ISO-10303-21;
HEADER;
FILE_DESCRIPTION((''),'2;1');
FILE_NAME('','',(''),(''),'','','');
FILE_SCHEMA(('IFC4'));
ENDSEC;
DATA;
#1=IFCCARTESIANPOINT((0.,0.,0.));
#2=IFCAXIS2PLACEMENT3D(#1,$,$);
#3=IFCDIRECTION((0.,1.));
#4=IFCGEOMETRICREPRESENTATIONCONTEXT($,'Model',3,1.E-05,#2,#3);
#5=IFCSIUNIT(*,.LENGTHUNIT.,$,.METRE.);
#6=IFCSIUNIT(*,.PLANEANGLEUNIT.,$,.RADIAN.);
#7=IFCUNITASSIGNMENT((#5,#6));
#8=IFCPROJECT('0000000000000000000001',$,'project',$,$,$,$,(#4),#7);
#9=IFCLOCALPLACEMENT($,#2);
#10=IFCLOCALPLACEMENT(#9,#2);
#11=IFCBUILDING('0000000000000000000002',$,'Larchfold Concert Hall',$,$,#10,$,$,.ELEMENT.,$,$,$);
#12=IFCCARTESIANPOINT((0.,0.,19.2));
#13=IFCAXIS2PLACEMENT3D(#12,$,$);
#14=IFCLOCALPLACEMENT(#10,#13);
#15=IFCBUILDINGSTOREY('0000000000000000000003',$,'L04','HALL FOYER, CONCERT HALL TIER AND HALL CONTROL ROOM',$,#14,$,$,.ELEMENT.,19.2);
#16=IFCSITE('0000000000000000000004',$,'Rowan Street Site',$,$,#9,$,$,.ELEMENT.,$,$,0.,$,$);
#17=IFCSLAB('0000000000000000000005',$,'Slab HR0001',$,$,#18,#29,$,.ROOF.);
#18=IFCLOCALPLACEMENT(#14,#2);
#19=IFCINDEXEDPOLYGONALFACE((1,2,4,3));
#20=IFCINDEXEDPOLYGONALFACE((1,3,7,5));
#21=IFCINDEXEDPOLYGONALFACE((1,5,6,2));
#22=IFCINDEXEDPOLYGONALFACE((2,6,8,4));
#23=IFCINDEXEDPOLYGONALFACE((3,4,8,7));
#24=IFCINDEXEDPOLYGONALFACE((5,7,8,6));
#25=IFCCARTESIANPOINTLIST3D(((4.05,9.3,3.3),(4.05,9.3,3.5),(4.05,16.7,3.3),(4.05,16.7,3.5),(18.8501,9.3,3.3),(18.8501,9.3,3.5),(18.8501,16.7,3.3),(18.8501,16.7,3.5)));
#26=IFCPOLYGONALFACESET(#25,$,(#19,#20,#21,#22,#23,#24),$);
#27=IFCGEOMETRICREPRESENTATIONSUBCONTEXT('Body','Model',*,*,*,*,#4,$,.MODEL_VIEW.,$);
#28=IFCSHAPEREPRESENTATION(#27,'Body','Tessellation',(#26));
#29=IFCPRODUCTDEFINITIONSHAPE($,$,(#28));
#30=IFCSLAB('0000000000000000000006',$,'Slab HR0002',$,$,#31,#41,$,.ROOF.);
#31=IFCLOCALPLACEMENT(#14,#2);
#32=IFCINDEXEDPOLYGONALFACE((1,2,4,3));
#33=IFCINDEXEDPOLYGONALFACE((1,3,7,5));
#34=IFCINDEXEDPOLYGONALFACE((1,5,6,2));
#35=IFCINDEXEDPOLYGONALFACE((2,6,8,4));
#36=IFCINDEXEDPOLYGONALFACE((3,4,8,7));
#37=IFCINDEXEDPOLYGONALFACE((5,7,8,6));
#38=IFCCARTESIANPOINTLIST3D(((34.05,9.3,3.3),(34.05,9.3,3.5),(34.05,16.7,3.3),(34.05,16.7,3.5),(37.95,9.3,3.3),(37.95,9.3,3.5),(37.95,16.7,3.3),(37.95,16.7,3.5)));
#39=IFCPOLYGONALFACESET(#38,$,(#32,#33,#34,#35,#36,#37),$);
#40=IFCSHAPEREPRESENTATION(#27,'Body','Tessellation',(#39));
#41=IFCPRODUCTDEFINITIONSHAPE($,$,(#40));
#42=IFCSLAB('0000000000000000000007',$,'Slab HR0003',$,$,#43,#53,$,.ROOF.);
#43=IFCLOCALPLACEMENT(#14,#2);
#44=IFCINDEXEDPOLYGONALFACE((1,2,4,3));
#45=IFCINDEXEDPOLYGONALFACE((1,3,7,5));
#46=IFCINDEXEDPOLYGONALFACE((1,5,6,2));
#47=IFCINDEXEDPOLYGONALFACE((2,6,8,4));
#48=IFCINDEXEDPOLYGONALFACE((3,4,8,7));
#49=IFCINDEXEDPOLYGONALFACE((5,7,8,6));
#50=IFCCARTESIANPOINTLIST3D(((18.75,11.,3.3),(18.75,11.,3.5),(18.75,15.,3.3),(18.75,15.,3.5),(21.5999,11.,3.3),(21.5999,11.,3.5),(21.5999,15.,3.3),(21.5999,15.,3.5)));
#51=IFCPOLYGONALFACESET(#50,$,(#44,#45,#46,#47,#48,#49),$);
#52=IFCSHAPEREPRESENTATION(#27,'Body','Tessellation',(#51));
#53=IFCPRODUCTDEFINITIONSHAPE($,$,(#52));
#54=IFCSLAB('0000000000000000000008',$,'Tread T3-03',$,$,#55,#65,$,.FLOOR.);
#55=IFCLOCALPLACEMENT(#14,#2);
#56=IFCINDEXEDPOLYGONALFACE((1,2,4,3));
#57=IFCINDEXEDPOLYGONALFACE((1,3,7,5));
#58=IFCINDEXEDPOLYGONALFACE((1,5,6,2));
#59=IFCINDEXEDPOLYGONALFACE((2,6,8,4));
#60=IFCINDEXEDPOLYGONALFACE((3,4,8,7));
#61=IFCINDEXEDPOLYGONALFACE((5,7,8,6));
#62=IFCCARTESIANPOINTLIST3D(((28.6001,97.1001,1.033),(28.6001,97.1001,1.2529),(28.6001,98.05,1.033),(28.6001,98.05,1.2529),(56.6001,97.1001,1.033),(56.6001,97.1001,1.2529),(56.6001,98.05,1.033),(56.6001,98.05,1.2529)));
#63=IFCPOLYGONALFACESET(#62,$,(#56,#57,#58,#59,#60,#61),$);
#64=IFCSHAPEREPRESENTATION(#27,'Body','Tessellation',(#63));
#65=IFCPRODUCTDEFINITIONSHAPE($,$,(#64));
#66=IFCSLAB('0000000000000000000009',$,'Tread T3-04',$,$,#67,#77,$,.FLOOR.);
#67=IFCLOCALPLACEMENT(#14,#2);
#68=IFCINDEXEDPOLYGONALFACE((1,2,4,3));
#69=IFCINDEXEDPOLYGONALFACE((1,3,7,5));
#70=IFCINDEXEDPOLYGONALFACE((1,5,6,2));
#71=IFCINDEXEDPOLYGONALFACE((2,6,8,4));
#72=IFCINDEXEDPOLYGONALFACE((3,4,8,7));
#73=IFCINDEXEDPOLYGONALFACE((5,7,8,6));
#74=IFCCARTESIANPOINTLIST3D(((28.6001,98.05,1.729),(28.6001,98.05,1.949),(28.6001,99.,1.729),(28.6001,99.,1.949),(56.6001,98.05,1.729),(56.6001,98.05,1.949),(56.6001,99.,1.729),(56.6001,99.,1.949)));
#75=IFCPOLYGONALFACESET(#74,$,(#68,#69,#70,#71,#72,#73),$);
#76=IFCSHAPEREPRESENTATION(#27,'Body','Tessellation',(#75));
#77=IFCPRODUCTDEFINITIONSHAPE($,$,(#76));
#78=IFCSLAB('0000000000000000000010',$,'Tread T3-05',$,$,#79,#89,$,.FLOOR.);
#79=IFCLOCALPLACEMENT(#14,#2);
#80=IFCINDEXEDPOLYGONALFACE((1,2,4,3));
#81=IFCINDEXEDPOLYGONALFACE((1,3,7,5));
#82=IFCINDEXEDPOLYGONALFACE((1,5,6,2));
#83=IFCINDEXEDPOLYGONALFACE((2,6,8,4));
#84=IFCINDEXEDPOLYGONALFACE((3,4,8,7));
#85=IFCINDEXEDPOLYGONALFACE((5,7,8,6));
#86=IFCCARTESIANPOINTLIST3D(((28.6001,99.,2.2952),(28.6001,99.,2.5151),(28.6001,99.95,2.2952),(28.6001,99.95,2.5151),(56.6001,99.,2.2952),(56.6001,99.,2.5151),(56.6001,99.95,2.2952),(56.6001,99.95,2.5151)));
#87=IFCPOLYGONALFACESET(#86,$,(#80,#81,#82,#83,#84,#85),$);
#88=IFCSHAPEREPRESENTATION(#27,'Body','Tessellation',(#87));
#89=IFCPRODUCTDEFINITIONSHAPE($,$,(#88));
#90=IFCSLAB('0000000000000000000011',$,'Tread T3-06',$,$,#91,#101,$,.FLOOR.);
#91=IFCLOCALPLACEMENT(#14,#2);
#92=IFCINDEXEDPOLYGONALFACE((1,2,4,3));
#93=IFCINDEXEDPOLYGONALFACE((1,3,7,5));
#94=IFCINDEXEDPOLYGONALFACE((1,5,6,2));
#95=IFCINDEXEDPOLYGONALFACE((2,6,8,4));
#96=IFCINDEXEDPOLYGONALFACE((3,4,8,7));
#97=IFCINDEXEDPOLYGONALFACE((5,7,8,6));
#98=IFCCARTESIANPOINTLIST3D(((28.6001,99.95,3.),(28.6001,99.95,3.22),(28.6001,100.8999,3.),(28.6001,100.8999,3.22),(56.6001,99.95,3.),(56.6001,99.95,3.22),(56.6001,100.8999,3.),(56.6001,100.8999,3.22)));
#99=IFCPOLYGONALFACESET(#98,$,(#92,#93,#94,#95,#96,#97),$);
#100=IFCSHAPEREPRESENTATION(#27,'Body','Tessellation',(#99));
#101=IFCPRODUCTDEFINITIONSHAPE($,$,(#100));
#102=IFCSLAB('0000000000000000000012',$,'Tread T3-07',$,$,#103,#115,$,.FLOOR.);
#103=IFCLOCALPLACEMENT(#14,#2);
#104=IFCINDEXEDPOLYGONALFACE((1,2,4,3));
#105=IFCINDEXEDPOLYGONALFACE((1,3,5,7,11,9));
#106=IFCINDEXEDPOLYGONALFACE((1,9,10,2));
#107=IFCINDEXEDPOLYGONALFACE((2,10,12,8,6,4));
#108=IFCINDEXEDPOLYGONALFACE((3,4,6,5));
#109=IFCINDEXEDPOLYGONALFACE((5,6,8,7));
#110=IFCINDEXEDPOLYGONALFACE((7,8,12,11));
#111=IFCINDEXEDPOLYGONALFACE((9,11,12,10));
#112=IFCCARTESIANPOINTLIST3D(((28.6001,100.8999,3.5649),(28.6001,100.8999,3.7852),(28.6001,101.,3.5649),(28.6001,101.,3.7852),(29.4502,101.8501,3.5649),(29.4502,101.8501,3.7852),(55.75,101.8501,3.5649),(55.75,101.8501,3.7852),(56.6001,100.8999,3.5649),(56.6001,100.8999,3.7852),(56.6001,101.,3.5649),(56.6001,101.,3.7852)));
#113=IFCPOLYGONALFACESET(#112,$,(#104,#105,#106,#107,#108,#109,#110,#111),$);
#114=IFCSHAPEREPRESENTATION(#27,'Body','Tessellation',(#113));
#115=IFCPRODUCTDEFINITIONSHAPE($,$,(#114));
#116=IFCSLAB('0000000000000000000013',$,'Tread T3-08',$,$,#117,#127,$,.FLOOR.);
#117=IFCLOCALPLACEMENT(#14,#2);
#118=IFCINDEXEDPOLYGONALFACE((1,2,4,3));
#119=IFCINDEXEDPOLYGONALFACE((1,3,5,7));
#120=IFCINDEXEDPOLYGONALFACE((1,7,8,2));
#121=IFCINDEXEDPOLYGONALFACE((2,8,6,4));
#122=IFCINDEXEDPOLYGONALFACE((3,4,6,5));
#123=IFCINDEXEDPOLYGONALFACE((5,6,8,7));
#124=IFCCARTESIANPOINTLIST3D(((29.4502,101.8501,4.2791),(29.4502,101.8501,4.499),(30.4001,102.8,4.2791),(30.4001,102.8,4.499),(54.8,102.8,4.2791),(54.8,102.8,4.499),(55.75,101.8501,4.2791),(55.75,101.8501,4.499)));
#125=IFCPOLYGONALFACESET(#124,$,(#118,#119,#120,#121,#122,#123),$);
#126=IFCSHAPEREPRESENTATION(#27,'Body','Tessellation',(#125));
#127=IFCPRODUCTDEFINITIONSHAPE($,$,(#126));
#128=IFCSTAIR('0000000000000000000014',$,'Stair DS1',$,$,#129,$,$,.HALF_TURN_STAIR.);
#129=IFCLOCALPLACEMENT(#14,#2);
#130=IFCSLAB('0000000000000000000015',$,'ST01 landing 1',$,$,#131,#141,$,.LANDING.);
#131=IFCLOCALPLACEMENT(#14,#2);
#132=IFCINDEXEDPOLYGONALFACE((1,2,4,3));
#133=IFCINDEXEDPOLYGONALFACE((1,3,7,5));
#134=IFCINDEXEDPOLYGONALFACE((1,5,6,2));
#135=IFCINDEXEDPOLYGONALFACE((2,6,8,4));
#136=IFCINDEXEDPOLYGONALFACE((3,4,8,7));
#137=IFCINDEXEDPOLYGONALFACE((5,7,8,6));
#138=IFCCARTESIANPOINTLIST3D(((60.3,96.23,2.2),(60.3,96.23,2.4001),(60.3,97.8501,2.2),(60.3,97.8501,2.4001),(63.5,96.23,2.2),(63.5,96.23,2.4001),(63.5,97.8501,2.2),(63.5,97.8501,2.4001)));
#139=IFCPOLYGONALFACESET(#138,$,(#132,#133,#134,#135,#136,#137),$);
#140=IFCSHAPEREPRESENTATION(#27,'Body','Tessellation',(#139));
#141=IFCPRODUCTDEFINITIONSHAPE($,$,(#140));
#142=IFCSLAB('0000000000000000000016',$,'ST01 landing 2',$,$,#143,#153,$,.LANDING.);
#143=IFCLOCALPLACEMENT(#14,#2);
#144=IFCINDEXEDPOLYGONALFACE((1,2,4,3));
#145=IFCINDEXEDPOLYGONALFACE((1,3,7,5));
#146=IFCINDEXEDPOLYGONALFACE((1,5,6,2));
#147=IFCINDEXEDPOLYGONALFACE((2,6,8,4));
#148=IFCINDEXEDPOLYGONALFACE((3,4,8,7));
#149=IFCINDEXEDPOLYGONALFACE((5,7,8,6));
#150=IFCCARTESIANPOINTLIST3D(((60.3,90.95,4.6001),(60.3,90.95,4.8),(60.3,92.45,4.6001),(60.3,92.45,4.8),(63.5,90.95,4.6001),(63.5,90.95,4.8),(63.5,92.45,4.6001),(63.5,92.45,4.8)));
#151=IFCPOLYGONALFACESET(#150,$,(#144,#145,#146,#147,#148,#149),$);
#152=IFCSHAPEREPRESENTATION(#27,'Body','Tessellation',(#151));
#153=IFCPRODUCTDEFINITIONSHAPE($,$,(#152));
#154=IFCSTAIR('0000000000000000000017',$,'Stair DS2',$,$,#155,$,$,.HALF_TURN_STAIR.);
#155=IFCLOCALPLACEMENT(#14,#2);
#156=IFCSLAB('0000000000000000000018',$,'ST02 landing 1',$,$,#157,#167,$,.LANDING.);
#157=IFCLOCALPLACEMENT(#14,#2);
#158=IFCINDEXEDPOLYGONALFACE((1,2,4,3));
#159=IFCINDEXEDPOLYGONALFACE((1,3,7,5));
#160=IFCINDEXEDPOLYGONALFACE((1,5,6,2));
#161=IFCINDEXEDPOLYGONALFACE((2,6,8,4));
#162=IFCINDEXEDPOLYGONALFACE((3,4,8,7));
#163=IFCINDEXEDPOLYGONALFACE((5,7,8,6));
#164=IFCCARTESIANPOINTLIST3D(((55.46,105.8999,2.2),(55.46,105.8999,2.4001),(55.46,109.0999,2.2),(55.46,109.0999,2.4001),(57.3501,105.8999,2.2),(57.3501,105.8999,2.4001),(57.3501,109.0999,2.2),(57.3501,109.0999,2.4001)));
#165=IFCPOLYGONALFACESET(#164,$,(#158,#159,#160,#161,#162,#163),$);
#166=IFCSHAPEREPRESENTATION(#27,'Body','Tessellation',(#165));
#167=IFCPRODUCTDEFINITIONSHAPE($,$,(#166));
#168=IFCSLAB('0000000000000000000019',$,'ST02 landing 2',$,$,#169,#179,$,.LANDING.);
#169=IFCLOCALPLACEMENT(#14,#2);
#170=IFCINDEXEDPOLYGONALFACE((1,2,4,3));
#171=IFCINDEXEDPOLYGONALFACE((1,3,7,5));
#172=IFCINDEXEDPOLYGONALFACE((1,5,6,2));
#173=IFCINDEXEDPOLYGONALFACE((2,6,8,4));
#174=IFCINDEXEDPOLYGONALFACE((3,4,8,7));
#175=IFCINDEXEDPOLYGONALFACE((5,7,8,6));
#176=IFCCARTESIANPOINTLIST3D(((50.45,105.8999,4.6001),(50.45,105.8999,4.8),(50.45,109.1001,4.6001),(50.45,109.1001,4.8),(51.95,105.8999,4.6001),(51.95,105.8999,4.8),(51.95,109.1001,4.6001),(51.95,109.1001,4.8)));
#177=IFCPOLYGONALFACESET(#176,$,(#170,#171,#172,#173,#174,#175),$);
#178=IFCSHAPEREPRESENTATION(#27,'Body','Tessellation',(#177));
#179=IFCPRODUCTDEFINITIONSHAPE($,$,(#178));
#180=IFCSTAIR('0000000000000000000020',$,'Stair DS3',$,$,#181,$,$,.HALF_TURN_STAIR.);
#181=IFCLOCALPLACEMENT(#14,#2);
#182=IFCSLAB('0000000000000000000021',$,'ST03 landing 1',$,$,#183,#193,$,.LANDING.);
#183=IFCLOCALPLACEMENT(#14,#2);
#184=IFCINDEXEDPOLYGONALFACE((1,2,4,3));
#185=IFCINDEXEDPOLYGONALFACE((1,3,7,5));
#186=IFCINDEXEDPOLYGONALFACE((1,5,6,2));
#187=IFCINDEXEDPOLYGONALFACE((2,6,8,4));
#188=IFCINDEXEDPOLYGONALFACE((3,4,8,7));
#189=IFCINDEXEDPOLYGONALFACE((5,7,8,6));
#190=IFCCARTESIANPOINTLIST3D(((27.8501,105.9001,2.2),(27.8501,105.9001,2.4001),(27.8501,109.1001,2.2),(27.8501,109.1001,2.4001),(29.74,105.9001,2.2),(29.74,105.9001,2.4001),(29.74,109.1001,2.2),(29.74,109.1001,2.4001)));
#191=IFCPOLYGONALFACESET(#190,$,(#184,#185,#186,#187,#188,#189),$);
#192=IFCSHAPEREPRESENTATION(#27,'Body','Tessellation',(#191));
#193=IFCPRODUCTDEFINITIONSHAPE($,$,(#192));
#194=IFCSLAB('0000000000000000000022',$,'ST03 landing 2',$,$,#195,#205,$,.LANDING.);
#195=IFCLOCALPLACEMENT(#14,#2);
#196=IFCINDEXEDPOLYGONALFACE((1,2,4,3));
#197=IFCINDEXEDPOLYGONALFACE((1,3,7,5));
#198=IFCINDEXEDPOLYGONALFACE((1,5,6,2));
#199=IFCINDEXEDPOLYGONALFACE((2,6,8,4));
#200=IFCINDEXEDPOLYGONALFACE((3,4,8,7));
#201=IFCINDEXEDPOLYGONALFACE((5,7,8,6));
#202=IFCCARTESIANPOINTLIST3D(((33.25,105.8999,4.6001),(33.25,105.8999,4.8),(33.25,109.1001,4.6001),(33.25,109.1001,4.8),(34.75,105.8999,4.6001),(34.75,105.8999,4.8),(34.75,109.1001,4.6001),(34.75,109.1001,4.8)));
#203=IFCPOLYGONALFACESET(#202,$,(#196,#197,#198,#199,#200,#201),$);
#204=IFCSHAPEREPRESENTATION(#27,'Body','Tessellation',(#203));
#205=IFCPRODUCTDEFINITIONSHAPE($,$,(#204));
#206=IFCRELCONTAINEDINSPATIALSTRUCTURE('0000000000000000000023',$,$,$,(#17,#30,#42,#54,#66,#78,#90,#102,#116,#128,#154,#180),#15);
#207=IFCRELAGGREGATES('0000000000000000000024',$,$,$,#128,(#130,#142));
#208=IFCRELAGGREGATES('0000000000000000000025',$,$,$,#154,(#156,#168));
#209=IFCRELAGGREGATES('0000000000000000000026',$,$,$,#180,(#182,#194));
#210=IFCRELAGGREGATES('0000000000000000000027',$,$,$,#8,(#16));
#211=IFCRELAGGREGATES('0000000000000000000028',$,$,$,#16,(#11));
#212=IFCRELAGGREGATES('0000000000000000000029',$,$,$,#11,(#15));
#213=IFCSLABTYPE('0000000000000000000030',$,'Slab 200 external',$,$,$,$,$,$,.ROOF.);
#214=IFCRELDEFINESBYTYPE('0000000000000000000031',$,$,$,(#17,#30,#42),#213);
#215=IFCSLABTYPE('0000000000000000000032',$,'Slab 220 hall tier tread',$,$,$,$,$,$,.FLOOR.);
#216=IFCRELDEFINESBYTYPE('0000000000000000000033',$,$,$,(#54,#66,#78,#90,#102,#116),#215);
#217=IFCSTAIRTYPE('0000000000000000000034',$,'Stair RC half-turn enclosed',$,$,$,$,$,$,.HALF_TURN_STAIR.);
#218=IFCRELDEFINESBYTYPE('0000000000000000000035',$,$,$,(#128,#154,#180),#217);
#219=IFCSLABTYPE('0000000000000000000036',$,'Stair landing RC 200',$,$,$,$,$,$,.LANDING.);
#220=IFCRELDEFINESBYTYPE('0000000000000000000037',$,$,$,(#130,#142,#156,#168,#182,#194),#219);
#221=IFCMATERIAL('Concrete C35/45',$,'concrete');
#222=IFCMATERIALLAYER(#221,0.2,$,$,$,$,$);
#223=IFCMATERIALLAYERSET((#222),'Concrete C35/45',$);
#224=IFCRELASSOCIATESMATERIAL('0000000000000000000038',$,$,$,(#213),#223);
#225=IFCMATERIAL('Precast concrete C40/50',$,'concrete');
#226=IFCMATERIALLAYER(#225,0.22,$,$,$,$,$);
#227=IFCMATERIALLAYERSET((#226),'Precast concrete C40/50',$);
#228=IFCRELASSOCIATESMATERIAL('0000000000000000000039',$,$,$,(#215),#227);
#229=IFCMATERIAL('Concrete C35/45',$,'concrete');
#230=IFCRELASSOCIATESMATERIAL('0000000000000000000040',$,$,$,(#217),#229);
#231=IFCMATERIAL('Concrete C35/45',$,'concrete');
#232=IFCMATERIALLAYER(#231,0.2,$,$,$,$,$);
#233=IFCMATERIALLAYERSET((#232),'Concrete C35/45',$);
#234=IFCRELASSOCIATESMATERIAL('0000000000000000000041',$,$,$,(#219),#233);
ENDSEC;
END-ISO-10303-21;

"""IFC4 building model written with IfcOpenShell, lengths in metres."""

from ifc_helpers import new_model, si_unit, direction, frame, origin, place, context, subcontext, project, spatial, polyline, outline, extrude, material, layer, layer_set, type_object, element, aggregate, save


model = new_model("IFC4")

# Units and contexts
model_context = context("Model", 3, precision=1e-05, world=origin(), true_north=direction((0.0, 1.0)))
body_context = subcontext(model_context, "Body", "Model", "MODEL_VIEW")
ifc_project = project(units=[si_unit("LENGTHUNIT", "METRE"), si_unit("PLANEANGLEUNIT", "RADIAN")], contexts=[model_context])

# Site, building, storey
site_placement = place(None, origin())
site = spatial("IfcSite", under=ifc_project, at=site_placement, Name="Rowan Street Site", CompositionType="ELEMENT", RefElevation=0.0)
building_placement = place(site_placement, origin())
building = spatial("IfcBuilding", under=site, at=building_placement, Name="Larchfold Concert Hall", CompositionType="ELEMENT")
storey_placement = place(building_placement, frame((0.0, 0.0, 19.2)))
storey = spatial("IfcBuildingStorey", under=building, at=storey_placement, Name="L04", Description="HALL FOYER, CONCERT HALL TIER AND HALL CONTROL ROOM", CompositionType="ELEMENT", Elevation=19.2)

# Slabs
ifc_material_1 = material(Name="Concrete C35/45", Category="concrete")
ifc_layer_1 = layer(ifc_material_1, 0.2)
ifc_layer_set_1 = layer_set([ifc_layer_1], Name="Concrete C35/45")
slab_type_1 = type_object("IfcSlabType", Name="Slab 200 external", PredefinedType="ROOF", material=ifc_layer_set_1)
slab_1_placement = place(storey_placement, frame((0.0, 0.0, 3.3)))
element("IfcSlab", 1, at=slab_1_placement, inside=storey, type_object=slab_type_1, Name="Slab HR0001", PredefinedType="ROOF", context=body_context, shape_type="SweptSolid", body=[
    extrude(outline(polyline([(18.8501, 9.3), (18.8501, 16.7), (4.05, 16.7), (4.05, 9.3), (18.8501, 9.3)])), origin(), (0.0, 0.0, 1.0), 0.2),
])
slab_2_placement = place(storey_placement, frame((0.0, 0.0, 3.3)))
element("IfcSlab", 2, at=slab_2_placement, inside=storey, type_object=slab_type_1, Name="Slab HR0002", PredefinedType="ROOF", context=body_context, shape_type="SweptSolid", body=[
    extrude(outline(polyline([(37.95, 9.3), (37.95, 16.7), (34.05, 16.7), (34.05, 9.3), (37.95, 9.3)])), origin(), (0.0, 0.0, 1.0), 0.2),
])
slab_3_placement = place(storey_placement, frame((0.0, 0.0, 3.3)))
element("IfcSlab", 3, at=slab_3_placement, inside=storey, type_object=slab_type_1, Name="Slab HR0003", PredefinedType="ROOF", context=body_context, shape_type="SweptSolid", body=[
    extrude(outline(polyline([(21.5999, 11.0), (21.5999, 15.0), (18.75, 15.0), (18.75, 11.0), (21.5999, 11.0)])), origin(), (0.0, 0.0, 1.0), 0.2),
])
ifc_material_2 = material(Name="Precast concrete C40/50", Category="concrete")
ifc_layer_2 = layer(ifc_material_2, 0.22)
ifc_layer_set_2 = layer_set([ifc_layer_2], Name="Precast concrete C40/50")
slab_type_2 = type_object("IfcSlabType", Name="Slab 220 hall tier tread", PredefinedType="FLOOR", material=ifc_layer_set_2)
slab_4_placement = place(storey_placement, frame((0.0, 0.0, 1.033)))
element("IfcSlab", 4, at=slab_4_placement, inside=storey, type_object=slab_type_2, Name="Tread T3-03", PredefinedType="FLOOR", context=body_context, shape_type="SweptSolid", body=[
    extrude(outline(polyline([(56.6001, 98.05), (28.6001, 98.05), (28.6001, 97.1001), (56.6001, 97.1001), (56.6001, 98.05)])), origin(), (0.0, 0.0, 1.0), 0.22),
])
slab_5_placement = place(storey_placement, frame((0.0, 0.0, 1.729)))
element("IfcSlab", 5, at=slab_5_placement, inside=storey, type_object=slab_type_2, Name="Tread T3-04", PredefinedType="FLOOR", context=body_context, shape_type="SweptSolid", body=[
    extrude(outline(polyline([(56.6001, 99.0), (28.6001, 99.0), (28.6001, 98.05), (56.6001, 98.05), (56.6001, 99.0)])), origin(), (0.0, 0.0, 1.0), 0.22),
])
slab_6_placement = place(storey_placement, frame((0.0, 0.0, 2.2952)))
element("IfcSlab", 6, at=slab_6_placement, inside=storey, type_object=slab_type_2, Name="Tread T3-05", PredefinedType="FLOOR", context=body_context, shape_type="SweptSolid", body=[
    extrude(outline(polyline([(56.6001, 99.95), (28.6001, 99.95), (28.6001, 99.0), (56.6001, 99.0), (56.6001, 99.95)])), origin(), (0.0, 0.0, 1.0), 0.22),
])
slab_7_placement = place(storey_placement, frame((0.0, 0.0, 3.0)))
element("IfcSlab", 7, at=slab_7_placement, inside=storey, type_object=slab_type_2, Name="Tread T3-06", PredefinedType="FLOOR", context=body_context, shape_type="SweptSolid", body=[
    extrude(outline(polyline([(56.6001, 100.8999), (28.6001, 100.8999), (28.6001, 99.95), (56.6001, 99.95), (56.6001, 100.8999)])), origin(), (0.0, 0.0, 1.0), 0.22),
])
slab_8_placement = place(storey_placement, frame((0.0, 0.0, 3.5649)))
element("IfcSlab", 8, at=slab_8_placement, inside=storey, type_object=slab_type_2, Name="Tread T3-07", PredefinedType="FLOOR", context=body_context, shape_type="SweptSolid", body=[
    extrude(outline(polyline([(55.75, 101.8501), (29.4502, 101.8501), (28.6001, 101.0), (28.6001, 100.8999), (56.6001, 100.8999), (56.6001, 101.0), (55.75, 101.8501)])), origin(), (0.0, 0.0, 1.0), 0.2202),
])
slab_9_placement = place(storey_placement, frame((0.0, 0.0, 4.2791)))
element("IfcSlab", 9, at=slab_9_placement, inside=storey, type_object=slab_type_2, Name="Tread T3-08", PredefinedType="FLOOR", context=body_context, shape_type="SweptSolid", body=[
    extrude(outline(polyline([(54.8, 102.8), (30.4001, 102.8), (29.4502, 101.8501), (55.75, 101.8501), (54.8, 102.8)])), origin(), (0.0, 0.0, 1.0), 0.22),
])

# Stairs, slabs
ifc_material_3 = material(Name="Concrete C35/45", Category="concrete")
stair_type = type_object("IfcStairType", Name="Stair RC half-turn enclosed", PredefinedType="HALF_TURN_STAIR", material=ifc_material_3)
stair_1_placement = place(storey_placement, origin())
stair_1 = element("IfcStair", 10, at=stair_1_placement, inside=storey, type_object=stair_type, Name="Stair DS1", PredefinedType="HALF_TURN_STAIR")
ifc_material_4 = material(Name="Concrete C35/45", Category="concrete")
ifc_layer_3 = layer(ifc_material_4, 0.2)
ifc_layer_set_3 = layer_set([ifc_layer_3], Name="Concrete C35/45")
slab_type_3 = type_object("IfcSlabType", Name="Stair landing RC 200", PredefinedType="LANDING", material=ifc_layer_set_3)
slab_10_placement = place(storey_placement, frame((0.0, 0.0, 2.2)))
slab_10 = element("IfcSlab", 11, at=slab_10_placement, type_object=slab_type_3, Name="ST01 landing 1", PredefinedType="LANDING", context=body_context, shape_type="SweptSolid", body=[
    extrude(outline(polyline([(63.5, 96.23), (63.5, 97.8501), (60.3, 97.8501), (60.3, 96.23), (63.5, 96.23)])), origin(), (0.0, 0.0, 1.0), 0.2002),
])
slab_11_placement = place(storey_placement, frame((0.0, 0.0, 4.6001)))
slab_11 = element("IfcSlab", 12, at=slab_11_placement, type_object=slab_type_3, Name="ST01 landing 2", PredefinedType="LANDING", context=body_context, shape_type="SweptSolid", body=[
    extrude(outline(polyline([(63.5, 90.95), (63.5, 92.45), (60.3, 92.45), (60.3, 90.95), (63.5, 90.95)])), origin(), (0.0, 0.0, 1.0), 0.2),
])
aggregate(stair_1, [slab_10, slab_11])
stair_2_placement = place(storey_placement, origin())
stair_2 = element("IfcStair", 13, at=stair_2_placement, inside=storey, type_object=stair_type, Name="Stair DS2", PredefinedType="HALF_TURN_STAIR")
slab_12_placement = place(storey_placement, frame((0.0, 0.0, 2.2)))
slab_12 = element("IfcSlab", 14, at=slab_12_placement, type_object=slab_type_3, Name="ST02 landing 1", PredefinedType="LANDING", context=body_context, shape_type="SweptSolid", body=[
    extrude(outline(polyline([(55.46, 105.8999), (57.3501, 105.8999), (57.3501, 109.0999), (55.46, 109.0999), (55.46, 105.8999)])), origin(), (0.0, 0.0, 1.0), 0.2002),
])
slab_13_placement = place(storey_placement, frame((0.0, 0.0, 4.6001)))
slab_13 = element("IfcSlab", 15, at=slab_13_placement, type_object=slab_type_3, Name="ST02 landing 2", PredefinedType="LANDING", context=body_context, shape_type="SweptSolid", body=[
    extrude(outline(polyline([(50.45, 105.8999), (51.95, 105.8999), (51.95, 109.1001), (50.45, 109.1001), (50.45, 105.8999)])), origin(), (0.0, 0.0, 1.0), 0.2),
])
aggregate(stair_2, [slab_12, slab_13])
stair_3_placement = place(storey_placement, origin())
stair_3 = element("IfcStair", 16, at=stair_3_placement, inside=storey, type_object=stair_type, Name="Stair DS3", PredefinedType="HALF_TURN_STAIR")
slab_14_placement = place(storey_placement, frame((0.0, 0.0, 2.2)))
slab_14 = element("IfcSlab", 17, at=slab_14_placement, type_object=slab_type_3, Name="ST03 landing 1", PredefinedType="LANDING", context=body_context, shape_type="SweptSolid", body=[
    extrude(outline(polyline([(29.74, 109.1001), (27.8501, 109.1001), (27.8501, 105.9001), (29.74, 105.9001), (29.74, 109.1001)])), origin(), (0.0, 0.0, 1.0), 0.2002),
])
slab_15_placement = place(storey_placement, frame((0.0, 0.0, 4.6001)))
slab_15 = element("IfcSlab", 18, at=slab_15_placement, type_object=slab_type_3, Name="ST03 landing 2", PredefinedType="LANDING", context=body_context, shape_type="SweptSolid", body=[
    extrude(outline(polyline([(34.75, 109.1001), (33.25, 109.1001), (33.25, 105.8999), (34.75, 105.8999), (34.75, 109.1001)])), origin(), (0.0, 0.0, 1.0), 0.2),
])
aggregate(stair_3, [slab_14, slab_15])

save(model, "model.ifc")
